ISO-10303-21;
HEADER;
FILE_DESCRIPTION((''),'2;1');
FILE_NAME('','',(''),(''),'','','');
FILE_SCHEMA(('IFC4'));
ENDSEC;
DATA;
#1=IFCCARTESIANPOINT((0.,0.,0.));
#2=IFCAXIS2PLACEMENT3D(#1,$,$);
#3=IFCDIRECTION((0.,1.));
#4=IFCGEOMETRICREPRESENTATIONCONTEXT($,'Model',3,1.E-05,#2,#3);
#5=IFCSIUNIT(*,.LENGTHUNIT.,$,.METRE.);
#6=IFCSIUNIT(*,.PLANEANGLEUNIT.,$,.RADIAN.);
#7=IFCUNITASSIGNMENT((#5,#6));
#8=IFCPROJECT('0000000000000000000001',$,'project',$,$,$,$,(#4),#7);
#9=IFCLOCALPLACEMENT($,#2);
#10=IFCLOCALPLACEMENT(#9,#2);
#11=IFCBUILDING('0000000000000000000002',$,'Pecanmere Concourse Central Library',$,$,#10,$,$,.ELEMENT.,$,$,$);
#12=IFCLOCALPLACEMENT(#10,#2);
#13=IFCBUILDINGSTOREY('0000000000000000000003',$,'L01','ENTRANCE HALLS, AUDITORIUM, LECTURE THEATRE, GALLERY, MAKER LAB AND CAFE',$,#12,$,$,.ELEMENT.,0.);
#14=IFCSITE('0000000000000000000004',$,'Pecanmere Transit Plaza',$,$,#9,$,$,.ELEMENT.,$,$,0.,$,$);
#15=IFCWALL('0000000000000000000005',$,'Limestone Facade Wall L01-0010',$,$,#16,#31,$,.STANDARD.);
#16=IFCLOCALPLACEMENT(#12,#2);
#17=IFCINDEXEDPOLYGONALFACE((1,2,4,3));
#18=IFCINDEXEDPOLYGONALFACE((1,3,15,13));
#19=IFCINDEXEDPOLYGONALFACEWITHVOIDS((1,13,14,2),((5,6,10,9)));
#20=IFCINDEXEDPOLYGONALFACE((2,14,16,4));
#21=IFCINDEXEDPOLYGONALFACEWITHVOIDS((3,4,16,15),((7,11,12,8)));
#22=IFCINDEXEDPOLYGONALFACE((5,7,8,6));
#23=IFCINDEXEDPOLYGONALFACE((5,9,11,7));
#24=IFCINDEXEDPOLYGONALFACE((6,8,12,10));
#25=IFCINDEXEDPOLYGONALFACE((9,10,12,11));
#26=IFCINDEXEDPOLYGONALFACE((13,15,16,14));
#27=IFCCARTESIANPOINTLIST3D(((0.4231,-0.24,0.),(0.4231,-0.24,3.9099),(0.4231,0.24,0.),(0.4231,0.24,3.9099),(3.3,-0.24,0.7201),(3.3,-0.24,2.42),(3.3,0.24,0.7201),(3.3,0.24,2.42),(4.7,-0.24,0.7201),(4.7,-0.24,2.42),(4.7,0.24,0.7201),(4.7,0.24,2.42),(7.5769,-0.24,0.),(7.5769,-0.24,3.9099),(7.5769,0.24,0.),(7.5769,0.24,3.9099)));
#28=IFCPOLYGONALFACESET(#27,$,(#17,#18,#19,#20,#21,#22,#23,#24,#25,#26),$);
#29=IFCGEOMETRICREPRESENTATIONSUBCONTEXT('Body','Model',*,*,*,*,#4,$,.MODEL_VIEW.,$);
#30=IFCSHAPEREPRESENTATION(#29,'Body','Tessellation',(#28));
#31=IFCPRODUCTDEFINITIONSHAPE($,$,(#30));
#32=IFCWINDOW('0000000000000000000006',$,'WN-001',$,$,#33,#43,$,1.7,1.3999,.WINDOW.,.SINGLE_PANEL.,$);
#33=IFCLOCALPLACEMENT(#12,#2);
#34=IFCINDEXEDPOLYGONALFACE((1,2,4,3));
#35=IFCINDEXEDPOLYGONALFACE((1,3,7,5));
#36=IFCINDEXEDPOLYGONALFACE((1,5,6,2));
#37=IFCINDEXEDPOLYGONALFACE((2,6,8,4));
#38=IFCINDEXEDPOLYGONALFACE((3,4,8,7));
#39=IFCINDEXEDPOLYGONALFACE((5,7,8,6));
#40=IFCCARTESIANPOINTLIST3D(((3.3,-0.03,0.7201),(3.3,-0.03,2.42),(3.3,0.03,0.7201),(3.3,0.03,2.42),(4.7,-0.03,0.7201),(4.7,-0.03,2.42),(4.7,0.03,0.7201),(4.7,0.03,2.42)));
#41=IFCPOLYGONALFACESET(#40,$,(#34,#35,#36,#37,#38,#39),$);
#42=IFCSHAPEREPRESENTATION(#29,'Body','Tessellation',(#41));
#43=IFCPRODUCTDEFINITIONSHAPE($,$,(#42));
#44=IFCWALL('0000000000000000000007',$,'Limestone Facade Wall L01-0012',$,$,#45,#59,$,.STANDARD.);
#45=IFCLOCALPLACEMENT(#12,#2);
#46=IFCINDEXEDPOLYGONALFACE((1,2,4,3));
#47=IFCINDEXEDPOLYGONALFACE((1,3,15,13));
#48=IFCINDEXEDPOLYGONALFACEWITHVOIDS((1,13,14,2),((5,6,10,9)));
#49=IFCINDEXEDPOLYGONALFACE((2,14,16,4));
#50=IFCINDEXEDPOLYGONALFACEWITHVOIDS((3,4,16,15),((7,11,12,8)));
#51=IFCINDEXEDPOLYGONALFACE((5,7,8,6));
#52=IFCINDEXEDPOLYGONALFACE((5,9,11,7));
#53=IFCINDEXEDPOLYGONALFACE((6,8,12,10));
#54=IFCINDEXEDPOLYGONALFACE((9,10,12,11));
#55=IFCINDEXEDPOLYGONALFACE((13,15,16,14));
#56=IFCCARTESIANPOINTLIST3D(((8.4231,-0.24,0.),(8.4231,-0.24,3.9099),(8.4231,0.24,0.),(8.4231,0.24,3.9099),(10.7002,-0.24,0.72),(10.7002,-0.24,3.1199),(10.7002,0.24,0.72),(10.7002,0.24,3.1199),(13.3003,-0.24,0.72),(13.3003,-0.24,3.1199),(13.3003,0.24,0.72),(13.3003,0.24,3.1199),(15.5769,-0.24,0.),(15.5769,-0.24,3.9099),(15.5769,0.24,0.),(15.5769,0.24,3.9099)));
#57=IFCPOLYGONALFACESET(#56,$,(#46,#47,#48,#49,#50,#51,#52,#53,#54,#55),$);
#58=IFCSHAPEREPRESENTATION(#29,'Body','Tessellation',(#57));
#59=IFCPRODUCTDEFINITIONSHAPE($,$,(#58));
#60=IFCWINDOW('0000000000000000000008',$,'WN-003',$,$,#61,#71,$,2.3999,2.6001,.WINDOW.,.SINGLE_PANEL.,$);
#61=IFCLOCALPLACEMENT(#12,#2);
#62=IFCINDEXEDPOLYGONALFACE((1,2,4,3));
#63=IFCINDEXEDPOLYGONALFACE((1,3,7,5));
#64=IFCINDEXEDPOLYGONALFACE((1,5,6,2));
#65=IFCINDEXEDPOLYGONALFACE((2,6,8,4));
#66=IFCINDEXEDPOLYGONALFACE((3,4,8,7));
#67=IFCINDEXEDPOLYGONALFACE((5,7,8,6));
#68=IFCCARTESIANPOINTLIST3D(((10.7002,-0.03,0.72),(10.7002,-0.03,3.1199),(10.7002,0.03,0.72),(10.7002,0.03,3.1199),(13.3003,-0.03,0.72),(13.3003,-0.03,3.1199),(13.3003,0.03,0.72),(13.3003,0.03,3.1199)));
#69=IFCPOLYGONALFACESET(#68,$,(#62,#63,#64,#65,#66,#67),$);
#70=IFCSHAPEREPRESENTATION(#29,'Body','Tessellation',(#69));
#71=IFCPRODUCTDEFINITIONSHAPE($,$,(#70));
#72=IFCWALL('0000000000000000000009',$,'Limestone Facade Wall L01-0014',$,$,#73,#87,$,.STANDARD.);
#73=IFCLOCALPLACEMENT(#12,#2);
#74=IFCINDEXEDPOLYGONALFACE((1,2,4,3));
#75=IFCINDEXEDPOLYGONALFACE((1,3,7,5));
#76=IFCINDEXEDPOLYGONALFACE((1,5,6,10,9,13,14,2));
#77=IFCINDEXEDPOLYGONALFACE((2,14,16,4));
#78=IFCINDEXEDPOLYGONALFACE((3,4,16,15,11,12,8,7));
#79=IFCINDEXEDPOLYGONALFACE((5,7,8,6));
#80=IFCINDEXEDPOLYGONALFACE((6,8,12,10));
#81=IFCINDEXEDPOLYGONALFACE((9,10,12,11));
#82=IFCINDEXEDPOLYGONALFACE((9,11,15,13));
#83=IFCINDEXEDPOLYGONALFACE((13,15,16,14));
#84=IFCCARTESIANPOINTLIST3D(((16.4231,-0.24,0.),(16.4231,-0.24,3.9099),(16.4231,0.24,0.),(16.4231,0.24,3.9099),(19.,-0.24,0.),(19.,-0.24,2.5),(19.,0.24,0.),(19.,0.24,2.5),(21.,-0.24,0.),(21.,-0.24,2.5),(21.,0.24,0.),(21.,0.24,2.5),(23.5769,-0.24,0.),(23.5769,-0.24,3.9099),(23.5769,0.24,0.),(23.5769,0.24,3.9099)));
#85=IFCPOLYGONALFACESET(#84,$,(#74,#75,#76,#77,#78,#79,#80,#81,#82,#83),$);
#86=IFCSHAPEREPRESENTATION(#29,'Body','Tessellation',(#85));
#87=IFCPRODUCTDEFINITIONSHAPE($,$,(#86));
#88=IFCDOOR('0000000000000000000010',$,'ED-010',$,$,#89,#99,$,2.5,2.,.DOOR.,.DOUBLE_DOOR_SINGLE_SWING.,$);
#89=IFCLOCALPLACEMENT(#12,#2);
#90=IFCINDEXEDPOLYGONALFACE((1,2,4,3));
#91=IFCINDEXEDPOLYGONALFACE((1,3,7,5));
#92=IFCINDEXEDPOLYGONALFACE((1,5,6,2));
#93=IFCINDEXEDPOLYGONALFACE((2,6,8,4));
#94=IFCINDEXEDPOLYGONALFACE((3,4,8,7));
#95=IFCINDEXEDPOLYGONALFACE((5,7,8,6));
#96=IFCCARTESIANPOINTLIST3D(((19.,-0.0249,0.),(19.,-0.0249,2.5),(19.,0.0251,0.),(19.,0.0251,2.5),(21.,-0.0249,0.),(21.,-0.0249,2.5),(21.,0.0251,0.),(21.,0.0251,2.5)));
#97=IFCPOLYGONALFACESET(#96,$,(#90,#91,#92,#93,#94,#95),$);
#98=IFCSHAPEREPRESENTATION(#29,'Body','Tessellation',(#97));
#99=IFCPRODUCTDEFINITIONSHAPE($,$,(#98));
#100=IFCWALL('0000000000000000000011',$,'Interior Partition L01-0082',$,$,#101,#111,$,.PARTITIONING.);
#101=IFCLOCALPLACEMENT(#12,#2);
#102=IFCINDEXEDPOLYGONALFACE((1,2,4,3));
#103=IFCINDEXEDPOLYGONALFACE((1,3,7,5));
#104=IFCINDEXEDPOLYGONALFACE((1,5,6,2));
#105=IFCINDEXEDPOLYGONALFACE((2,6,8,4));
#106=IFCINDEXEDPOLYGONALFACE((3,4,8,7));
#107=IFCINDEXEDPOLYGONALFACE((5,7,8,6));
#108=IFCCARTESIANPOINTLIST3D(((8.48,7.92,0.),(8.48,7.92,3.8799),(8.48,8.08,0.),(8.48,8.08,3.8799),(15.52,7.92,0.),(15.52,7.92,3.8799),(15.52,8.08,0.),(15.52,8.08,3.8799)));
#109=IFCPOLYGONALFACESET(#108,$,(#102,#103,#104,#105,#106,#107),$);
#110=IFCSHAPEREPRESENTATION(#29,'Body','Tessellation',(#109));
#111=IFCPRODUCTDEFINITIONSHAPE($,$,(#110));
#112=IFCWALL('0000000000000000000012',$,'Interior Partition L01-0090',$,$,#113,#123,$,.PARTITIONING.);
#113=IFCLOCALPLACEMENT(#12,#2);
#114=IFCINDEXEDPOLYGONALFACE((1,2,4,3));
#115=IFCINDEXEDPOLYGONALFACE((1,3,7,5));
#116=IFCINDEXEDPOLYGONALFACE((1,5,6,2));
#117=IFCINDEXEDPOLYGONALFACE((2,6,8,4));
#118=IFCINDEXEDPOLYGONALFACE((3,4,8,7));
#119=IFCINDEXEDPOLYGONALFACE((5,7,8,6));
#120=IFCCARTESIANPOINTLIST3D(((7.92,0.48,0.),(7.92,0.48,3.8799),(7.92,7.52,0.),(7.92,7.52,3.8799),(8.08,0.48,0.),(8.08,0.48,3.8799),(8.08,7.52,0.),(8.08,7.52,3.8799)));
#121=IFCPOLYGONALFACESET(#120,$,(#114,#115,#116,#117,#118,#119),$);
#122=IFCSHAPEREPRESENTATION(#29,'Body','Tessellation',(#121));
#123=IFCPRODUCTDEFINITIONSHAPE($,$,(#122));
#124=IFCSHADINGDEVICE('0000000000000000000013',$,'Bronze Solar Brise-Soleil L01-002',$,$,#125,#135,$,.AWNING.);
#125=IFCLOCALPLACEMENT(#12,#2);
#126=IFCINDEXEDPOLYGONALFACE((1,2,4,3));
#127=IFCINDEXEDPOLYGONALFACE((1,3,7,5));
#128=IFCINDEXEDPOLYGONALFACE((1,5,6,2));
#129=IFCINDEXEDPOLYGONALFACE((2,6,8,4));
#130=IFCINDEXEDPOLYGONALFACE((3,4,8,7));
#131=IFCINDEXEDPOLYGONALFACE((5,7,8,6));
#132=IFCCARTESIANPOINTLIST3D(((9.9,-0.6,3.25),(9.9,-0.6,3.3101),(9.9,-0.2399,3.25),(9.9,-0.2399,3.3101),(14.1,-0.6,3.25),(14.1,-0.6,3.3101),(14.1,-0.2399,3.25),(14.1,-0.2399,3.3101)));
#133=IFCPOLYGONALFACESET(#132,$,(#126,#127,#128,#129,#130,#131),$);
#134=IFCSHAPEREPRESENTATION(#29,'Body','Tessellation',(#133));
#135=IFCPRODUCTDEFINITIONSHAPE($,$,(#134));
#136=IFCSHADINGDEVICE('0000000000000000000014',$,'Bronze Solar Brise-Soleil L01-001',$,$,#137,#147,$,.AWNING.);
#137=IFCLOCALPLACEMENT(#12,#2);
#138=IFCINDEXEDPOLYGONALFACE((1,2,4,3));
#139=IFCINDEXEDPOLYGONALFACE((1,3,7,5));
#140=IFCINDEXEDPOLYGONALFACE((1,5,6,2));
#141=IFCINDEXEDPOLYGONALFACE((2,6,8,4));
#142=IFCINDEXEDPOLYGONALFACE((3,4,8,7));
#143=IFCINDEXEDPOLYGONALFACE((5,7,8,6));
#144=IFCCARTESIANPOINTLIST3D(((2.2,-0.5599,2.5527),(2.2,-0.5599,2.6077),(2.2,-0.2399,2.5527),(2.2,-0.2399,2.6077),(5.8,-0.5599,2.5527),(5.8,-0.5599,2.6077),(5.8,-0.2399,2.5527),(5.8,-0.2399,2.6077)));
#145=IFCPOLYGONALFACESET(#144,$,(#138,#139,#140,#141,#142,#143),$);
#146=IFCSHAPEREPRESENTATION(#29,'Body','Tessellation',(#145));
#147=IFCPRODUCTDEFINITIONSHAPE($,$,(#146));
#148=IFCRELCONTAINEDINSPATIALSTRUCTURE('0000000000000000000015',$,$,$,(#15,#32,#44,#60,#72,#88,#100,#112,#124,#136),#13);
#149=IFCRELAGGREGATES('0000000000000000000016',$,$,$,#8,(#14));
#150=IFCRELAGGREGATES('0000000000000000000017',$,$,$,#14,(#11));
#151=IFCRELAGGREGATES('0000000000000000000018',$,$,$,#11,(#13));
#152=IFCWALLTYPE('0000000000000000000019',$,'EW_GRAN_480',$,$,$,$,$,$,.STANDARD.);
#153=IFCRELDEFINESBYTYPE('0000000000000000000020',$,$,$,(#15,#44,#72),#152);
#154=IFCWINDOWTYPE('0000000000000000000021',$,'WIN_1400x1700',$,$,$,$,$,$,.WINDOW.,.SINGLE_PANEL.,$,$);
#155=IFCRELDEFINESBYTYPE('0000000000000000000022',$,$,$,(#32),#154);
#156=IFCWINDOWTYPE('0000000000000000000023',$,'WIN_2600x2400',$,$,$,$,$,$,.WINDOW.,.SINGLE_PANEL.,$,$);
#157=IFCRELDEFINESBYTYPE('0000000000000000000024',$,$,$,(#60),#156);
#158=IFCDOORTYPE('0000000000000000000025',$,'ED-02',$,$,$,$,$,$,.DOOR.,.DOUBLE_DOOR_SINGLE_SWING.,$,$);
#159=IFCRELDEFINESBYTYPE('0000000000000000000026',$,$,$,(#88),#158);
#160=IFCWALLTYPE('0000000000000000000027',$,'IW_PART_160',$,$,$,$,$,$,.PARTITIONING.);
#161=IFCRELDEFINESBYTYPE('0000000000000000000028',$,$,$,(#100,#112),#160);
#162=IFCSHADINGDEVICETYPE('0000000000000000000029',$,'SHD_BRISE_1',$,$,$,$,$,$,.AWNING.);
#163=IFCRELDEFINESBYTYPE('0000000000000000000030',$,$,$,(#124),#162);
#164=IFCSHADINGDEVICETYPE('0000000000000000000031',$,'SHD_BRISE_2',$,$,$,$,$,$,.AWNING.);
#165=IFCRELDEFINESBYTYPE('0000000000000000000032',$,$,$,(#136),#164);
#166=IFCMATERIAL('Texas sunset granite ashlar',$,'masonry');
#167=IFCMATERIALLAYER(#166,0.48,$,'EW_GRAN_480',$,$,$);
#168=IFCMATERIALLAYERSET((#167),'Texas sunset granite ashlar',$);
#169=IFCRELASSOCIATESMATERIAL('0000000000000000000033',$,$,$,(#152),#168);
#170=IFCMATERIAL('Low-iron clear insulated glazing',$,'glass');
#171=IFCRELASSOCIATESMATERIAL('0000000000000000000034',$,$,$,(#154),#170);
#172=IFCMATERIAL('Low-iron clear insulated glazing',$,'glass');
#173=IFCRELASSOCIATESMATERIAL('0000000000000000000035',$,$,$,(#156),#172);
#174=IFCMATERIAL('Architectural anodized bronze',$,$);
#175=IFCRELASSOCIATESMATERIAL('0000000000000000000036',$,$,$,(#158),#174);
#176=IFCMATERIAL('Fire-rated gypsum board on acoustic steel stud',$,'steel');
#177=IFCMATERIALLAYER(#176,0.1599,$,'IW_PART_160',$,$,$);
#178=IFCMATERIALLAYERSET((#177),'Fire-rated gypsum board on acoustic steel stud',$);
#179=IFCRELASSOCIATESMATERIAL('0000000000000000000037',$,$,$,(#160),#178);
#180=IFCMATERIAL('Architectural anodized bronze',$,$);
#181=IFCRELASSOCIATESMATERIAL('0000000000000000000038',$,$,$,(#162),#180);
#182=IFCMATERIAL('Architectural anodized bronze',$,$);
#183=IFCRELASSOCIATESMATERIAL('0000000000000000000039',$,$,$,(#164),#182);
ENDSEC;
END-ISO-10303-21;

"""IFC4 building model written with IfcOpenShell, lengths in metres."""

from ifc_helpers import new_model, si_unit, direction, frame, frame_2d, origin, origin_2d, place, context, subcontext, project, spatial, rectangle, extrude, material, layer, layer_set, type_object, element, fill, save


model = new_model("IFC4")

# Units and contexts
model_context = context("Model", 3, precision=1e-05, world=origin(), true_north=direction((0.0, 1.0)))
body_context = subcontext(model_context, "Body", "Model", "MODEL_VIEW")
ifc_project = project(units=[si_unit("LENGTHUNIT", "METRE"), si_unit("PLANEANGLEUNIT", "RADIAN")], contexts=[model_context])

# Site, building, storey
site_placement = place(None, origin())
site = spatial("IfcSite", under=ifc_project, at=site_placement, Name="Pecanmere Transit Plaza", CompositionType="ELEMENT", RefElevation=0.0)
building_placement = place(site_placement, origin())
building = spatial("IfcBuilding", under=site, at=building_placement, Name="Pecanmere Concourse Central Library", CompositionType="ELEMENT")
storey_placement = place(building_placement, origin())
storey = spatial("IfcBuildingStorey", under=building, at=storey_placement, Name="L01", Description="ENTRANCE HALLS, AUDITORIUM, LECTURE THEATRE, GALLERY, MAKER LAB AND CAFE", CompositionType="ELEMENT", Elevation=0.0)

# Walls, openings, windows
ifc_material_1 = material(Name="Texas sunset granite ashlar", Category="masonry")
ifc_layer_1 = layer(ifc_material_1, 0.48, Name="EW_GRAN_480")
ifc_layer_set_1 = layer_set([ifc_layer_1], Name="Texas sunset granite ashlar")
wall_type_1 = type_object("IfcWallType", Name="EW_GRAN_480", PredefinedType="STANDARD", material=ifc_layer_set_1)
wall_1_placement = place(storey_placement, frame((0.4231, 0.0, 0.0), z_axis=(0.0, 0.0, 1.0), x_axis=(1.0, 0.0, 0.0)))
wall_1 = element("IfcWall", 1, at=wall_1_placement, inside=storey, type_object=wall_type_1, Name="Limestone Facade Wall L01-0010", PredefinedType="STANDARD", context=body_context, shape_type="SweptSolid", body=[
    extrude(rectangle(XDim=7.1538, YDim=0.48, at=frame_2d((3.5769, 0.0))), origin(), (0.0, 0.0, 1.0), 3.9099),
])
opening_1_placement = place(wall_1_placement, frame((2.877, 0.0, 0.72)))
opening_1 = element("IfcOpeningElement", 2, at=opening_1_placement, cuts=wall_1, PredefinedType="OPENING", context=body_context, shape_type="SweptSolid", body=[
    extrude(rectangle(XDim=1.3999, YDim=1.7, at=frame_2d((0.7, 0.8501))), frame((0.0, 0.252, 0.0), z_axis=(0.0, -1.0, 0.0), x_axis=(1.0, 0.0, 0.0)), (0.0, 0.0, 1.0), 0.5039),
])
ifc_material_2 = material(Name="Low-iron clear insulated glazing", Category="glass")
window_type_1 = type_object("IfcWindowType", Name="WIN_1400x1700", PartitioningType="SINGLE_PANEL", PredefinedType="WINDOW", material=ifc_material_2)
window_1_placement = place(opening_1_placement, origin())
window_1 = element("IfcWindow", 3, at=window_1_placement, inside=storey, type_object=window_type_1, Name="WN-001", OverallHeight=1.7, OverallWidth=1.3999, PartitioningType="SINGLE_PANEL", PredefinedType="WINDOW", context=body_context, shape_type="SweptSolid", body=[
    extrude(rectangle(XDim=1.3999, YDim=1.7, at=frame_2d((0.7, 0.8501))), frame((0.0, 0.03, 0.0), z_axis=(0.0, -1.0, 0.0), x_axis=(1.0, 0.0, 0.0)), (0.0, 0.0, 1.0), 0.0601),
])
fill(opening_1, window_1)
wall_2_placement = place(storey_placement, frame((8.4231, 0.0, 0.0), z_axis=(0.0, 0.0, 1.0), x_axis=(1.0, 0.0, 0.0)))
wall_2 = element("IfcWall", 4, at=wall_2_placement, inside=storey, type_object=wall_type_1, Name="Limestone Facade Wall L01-0012", PredefinedType="STANDARD", context=body_context, shape_type="SweptSolid", body=[
    extrude(rectangle(XDim=7.1538, YDim=0.48, at=frame_2d((3.5769, 0.0))), origin(), (0.0, 0.0, 1.0), 3.9099),
])
opening_2_placement = place(wall_2_placement, frame((2.2771, 0.0, 0.72)))
opening_2 = element("IfcOpeningElement", 5, at=opening_2_placement, cuts=wall_2, PredefinedType="OPENING", context=body_context, shape_type="SweptSolid", body=[
    extrude(rectangle(XDim=2.6001, YDim=2.3999, at=frame_2d((1.3, 1.2))), frame((0.0, 0.252, 0.0), z_axis=(0.0, -1.0, 0.0), x_axis=(1.0, 0.0, 0.0)), (0.0, 0.0, 1.0), 0.5039),
])
ifc_material_3 = material(Name="Low-iron clear insulated glazing", Category="glass")
window_type_2 = type_object("IfcWindowType", Name="WIN_2600x2400", PartitioningType="SINGLE_PANEL", PredefinedType="WINDOW", material=ifc_material_3)
window_2_placement = place(opening_2_placement, origin())
window_2 = element("IfcWindow", 6, at=window_2_placement, inside=storey, type_object=window_type_2, Name="WN-003", OverallHeight=2.3999, OverallWidth=2.6001, PartitioningType="SINGLE_PANEL", PredefinedType="WINDOW", context=body_context, shape_type="SweptSolid", body=[
    extrude(rectangle(XDim=2.6001, YDim=2.3999, at=frame_2d((1.3, 1.2))), frame((0.0, 0.03, 0.0), z_axis=(0.0, -1.0, 0.0), x_axis=(1.0, 0.0, 0.0)), (0.0, 0.0, 1.0), 0.0601),
])
fill(opening_2, window_2)

# Wall, opening, door
wall_3_placement = place(storey_placement, frame((16.4231, 0.0, 0.0), z_axis=(0.0, 0.0, 1.0), x_axis=(1.0, 0.0, 0.0)))
wall_3 = element("IfcWall", 7, at=wall_3_placement, inside=storey, type_object=wall_type_1, Name="Limestone Facade Wall L01-0014", PredefinedType="STANDARD", context=body_context, shape_type="SweptSolid", body=[
    extrude(rectangle(XDim=7.1538, YDim=0.48, at=frame_2d((3.5769, 0.0))), origin(), (0.0, 0.0, 1.0), 3.9099),
])
opening_3_placement = place(wall_3_placement, frame((2.5769, 0.0, 0.0)))
opening_3 = element("IfcOpeningElement", 8, at=opening_3_placement, cuts=wall_3, PredefinedType="OPENING", context=body_context, shape_type="SweptSolid", body=[
    extrude(rectangle(XDim=2.0, YDim=2.5, at=frame_2d((1.0, 1.25))), frame((0.0, 0.252, 0.0), z_axis=(0.0, -1.0, 0.0), x_axis=(1.0, 0.0, 0.0)), (0.0, 0.0, 1.0), 0.5039),
])
ifc_material_4 = material(Name="Architectural anodized bronze")
door_type = type_object("IfcDoorType", Name="ED-02", OperationType="DOUBLE_DOOR_SINGLE_SWING", PredefinedType="DOOR", material=ifc_material_4)
door_placement = place(opening_3_placement, frame((2.0, 0.0, 0.0), z_axis=(0.0, 0.0, 1.0), x_axis=(-1.0, 0.0, 0.0)))
door = element("IfcDoor", 9, at=door_placement, inside=storey, type_object=door_type, Name="ED-010", OperationType="DOUBLE_DOOR_SINGLE_SWING", OverallHeight=2.5, OverallWidth=2.0, PredefinedType="DOOR", context=body_context, shape_type="SweptSolid", body=[
    extrude(rectangle(XDim=2.0, YDim=2.5, at=frame_2d((1.0, 1.25))), frame((0.0, 0.0249, 0.0), z_axis=(0.0, -1.0, 0.0), x_axis=(1.0, 0.0, 0.0)), (0.0, 0.0, 1.0), 0.05),
])
fill(opening_3, door)

# Walls
ifc_material_5 = material(Name="Fire-rated gypsum board on acoustic steel stud", Category="steel")
ifc_layer_2 = layer(ifc_material_5, 0.1599, Name="IW_PART_160")
ifc_layer_set_2 = layer_set([ifc_layer_2], Name="Fire-rated gypsum board on acoustic steel stud")
wall_type_2 = type_object("IfcWallType", Name="IW_PART_160", PredefinedType="PARTITIONING", material=ifc_layer_set_2)
for number, where, z_axis, x_axis, name in (
    (10, (8.48, 8.0, 0.0), (0.0, 0.0, 1.0), (1.0, 0.0, 0.0), "Interior Partition L01-0082"),
    (11, (8.0, 0.48, 0.0), (0.0, 0.0, 1.0), (0.0, 1.0, 0.0), "Interior Partition L01-0090"),
):
    element("IfcWall", number, at=place(storey_placement, frame(where, z_axis=z_axis, x_axis=x_axis)), inside=storey, type_object=wall_type_2, Name=name, PredefinedType="PARTITIONING", context=body_context, shape_type="SweptSolid", body=[
        extrude(rectangle(XDim=7.04, YDim=0.1599, at=frame_2d((3.52, 0.0))), origin(), (0.0, 0.0, 1.0), 3.8799),
    ])

# Shading devices
ifc_material_6 = material(Name="Architectural anodized bronze")
shading_device_type_1 = type_object("IfcShadingDeviceType", Name="SHD_BRISE_1", PredefinedType="AWNING", material=ifc_material_6)
shading_device_1_placement = place(storey_placement, frame((12.0, -0.4199, 3.25), z_axis=(0.0, 0.0, 1.0), x_axis=(1.0, 0.0, 0.0)))
element("IfcShadingDevice", 12, at=shading_device_1_placement, inside=storey, type_object=shading_device_type_1, Name="Bronze Solar Brise-Soleil L01-002", PredefinedType="AWNING", context=body_context, shape_type="SweptSolid", body=[
    extrude(rectangle(XDim=4.2, YDim=0.3601, at=origin_2d()), origin(), (0.0, 0.0, 1.0), 0.0601),
])
ifc_material_7 = material(Name="Architectural anodized bronze")
shading_device_type_2 = type_object("IfcShadingDeviceType", Name="SHD_BRISE_2", PredefinedType="AWNING", material=ifc_material_7)
shading_device_2_placement = place(storey_placement, frame((4.0, -0.3999, 2.5527), z_axis=(0.0, 0.0, 1.0), x_axis=(1.0, 0.0, 0.0)))
element("IfcShadingDevice", 13, at=shading_device_2_placement, inside=storey, type_object=shading_device_type_2, Name="Bronze Solar Brise-Soleil L01-001", PredefinedType="AWNING", context=body_context, shape_type="SweptSolid", body=[
    extrude(rectangle(XDim=3.6001, YDim=0.3201, at=origin_2d()), origin(), (0.0, 0.0, 1.0), 0.0549),
])

save(model, "model.ifc")
